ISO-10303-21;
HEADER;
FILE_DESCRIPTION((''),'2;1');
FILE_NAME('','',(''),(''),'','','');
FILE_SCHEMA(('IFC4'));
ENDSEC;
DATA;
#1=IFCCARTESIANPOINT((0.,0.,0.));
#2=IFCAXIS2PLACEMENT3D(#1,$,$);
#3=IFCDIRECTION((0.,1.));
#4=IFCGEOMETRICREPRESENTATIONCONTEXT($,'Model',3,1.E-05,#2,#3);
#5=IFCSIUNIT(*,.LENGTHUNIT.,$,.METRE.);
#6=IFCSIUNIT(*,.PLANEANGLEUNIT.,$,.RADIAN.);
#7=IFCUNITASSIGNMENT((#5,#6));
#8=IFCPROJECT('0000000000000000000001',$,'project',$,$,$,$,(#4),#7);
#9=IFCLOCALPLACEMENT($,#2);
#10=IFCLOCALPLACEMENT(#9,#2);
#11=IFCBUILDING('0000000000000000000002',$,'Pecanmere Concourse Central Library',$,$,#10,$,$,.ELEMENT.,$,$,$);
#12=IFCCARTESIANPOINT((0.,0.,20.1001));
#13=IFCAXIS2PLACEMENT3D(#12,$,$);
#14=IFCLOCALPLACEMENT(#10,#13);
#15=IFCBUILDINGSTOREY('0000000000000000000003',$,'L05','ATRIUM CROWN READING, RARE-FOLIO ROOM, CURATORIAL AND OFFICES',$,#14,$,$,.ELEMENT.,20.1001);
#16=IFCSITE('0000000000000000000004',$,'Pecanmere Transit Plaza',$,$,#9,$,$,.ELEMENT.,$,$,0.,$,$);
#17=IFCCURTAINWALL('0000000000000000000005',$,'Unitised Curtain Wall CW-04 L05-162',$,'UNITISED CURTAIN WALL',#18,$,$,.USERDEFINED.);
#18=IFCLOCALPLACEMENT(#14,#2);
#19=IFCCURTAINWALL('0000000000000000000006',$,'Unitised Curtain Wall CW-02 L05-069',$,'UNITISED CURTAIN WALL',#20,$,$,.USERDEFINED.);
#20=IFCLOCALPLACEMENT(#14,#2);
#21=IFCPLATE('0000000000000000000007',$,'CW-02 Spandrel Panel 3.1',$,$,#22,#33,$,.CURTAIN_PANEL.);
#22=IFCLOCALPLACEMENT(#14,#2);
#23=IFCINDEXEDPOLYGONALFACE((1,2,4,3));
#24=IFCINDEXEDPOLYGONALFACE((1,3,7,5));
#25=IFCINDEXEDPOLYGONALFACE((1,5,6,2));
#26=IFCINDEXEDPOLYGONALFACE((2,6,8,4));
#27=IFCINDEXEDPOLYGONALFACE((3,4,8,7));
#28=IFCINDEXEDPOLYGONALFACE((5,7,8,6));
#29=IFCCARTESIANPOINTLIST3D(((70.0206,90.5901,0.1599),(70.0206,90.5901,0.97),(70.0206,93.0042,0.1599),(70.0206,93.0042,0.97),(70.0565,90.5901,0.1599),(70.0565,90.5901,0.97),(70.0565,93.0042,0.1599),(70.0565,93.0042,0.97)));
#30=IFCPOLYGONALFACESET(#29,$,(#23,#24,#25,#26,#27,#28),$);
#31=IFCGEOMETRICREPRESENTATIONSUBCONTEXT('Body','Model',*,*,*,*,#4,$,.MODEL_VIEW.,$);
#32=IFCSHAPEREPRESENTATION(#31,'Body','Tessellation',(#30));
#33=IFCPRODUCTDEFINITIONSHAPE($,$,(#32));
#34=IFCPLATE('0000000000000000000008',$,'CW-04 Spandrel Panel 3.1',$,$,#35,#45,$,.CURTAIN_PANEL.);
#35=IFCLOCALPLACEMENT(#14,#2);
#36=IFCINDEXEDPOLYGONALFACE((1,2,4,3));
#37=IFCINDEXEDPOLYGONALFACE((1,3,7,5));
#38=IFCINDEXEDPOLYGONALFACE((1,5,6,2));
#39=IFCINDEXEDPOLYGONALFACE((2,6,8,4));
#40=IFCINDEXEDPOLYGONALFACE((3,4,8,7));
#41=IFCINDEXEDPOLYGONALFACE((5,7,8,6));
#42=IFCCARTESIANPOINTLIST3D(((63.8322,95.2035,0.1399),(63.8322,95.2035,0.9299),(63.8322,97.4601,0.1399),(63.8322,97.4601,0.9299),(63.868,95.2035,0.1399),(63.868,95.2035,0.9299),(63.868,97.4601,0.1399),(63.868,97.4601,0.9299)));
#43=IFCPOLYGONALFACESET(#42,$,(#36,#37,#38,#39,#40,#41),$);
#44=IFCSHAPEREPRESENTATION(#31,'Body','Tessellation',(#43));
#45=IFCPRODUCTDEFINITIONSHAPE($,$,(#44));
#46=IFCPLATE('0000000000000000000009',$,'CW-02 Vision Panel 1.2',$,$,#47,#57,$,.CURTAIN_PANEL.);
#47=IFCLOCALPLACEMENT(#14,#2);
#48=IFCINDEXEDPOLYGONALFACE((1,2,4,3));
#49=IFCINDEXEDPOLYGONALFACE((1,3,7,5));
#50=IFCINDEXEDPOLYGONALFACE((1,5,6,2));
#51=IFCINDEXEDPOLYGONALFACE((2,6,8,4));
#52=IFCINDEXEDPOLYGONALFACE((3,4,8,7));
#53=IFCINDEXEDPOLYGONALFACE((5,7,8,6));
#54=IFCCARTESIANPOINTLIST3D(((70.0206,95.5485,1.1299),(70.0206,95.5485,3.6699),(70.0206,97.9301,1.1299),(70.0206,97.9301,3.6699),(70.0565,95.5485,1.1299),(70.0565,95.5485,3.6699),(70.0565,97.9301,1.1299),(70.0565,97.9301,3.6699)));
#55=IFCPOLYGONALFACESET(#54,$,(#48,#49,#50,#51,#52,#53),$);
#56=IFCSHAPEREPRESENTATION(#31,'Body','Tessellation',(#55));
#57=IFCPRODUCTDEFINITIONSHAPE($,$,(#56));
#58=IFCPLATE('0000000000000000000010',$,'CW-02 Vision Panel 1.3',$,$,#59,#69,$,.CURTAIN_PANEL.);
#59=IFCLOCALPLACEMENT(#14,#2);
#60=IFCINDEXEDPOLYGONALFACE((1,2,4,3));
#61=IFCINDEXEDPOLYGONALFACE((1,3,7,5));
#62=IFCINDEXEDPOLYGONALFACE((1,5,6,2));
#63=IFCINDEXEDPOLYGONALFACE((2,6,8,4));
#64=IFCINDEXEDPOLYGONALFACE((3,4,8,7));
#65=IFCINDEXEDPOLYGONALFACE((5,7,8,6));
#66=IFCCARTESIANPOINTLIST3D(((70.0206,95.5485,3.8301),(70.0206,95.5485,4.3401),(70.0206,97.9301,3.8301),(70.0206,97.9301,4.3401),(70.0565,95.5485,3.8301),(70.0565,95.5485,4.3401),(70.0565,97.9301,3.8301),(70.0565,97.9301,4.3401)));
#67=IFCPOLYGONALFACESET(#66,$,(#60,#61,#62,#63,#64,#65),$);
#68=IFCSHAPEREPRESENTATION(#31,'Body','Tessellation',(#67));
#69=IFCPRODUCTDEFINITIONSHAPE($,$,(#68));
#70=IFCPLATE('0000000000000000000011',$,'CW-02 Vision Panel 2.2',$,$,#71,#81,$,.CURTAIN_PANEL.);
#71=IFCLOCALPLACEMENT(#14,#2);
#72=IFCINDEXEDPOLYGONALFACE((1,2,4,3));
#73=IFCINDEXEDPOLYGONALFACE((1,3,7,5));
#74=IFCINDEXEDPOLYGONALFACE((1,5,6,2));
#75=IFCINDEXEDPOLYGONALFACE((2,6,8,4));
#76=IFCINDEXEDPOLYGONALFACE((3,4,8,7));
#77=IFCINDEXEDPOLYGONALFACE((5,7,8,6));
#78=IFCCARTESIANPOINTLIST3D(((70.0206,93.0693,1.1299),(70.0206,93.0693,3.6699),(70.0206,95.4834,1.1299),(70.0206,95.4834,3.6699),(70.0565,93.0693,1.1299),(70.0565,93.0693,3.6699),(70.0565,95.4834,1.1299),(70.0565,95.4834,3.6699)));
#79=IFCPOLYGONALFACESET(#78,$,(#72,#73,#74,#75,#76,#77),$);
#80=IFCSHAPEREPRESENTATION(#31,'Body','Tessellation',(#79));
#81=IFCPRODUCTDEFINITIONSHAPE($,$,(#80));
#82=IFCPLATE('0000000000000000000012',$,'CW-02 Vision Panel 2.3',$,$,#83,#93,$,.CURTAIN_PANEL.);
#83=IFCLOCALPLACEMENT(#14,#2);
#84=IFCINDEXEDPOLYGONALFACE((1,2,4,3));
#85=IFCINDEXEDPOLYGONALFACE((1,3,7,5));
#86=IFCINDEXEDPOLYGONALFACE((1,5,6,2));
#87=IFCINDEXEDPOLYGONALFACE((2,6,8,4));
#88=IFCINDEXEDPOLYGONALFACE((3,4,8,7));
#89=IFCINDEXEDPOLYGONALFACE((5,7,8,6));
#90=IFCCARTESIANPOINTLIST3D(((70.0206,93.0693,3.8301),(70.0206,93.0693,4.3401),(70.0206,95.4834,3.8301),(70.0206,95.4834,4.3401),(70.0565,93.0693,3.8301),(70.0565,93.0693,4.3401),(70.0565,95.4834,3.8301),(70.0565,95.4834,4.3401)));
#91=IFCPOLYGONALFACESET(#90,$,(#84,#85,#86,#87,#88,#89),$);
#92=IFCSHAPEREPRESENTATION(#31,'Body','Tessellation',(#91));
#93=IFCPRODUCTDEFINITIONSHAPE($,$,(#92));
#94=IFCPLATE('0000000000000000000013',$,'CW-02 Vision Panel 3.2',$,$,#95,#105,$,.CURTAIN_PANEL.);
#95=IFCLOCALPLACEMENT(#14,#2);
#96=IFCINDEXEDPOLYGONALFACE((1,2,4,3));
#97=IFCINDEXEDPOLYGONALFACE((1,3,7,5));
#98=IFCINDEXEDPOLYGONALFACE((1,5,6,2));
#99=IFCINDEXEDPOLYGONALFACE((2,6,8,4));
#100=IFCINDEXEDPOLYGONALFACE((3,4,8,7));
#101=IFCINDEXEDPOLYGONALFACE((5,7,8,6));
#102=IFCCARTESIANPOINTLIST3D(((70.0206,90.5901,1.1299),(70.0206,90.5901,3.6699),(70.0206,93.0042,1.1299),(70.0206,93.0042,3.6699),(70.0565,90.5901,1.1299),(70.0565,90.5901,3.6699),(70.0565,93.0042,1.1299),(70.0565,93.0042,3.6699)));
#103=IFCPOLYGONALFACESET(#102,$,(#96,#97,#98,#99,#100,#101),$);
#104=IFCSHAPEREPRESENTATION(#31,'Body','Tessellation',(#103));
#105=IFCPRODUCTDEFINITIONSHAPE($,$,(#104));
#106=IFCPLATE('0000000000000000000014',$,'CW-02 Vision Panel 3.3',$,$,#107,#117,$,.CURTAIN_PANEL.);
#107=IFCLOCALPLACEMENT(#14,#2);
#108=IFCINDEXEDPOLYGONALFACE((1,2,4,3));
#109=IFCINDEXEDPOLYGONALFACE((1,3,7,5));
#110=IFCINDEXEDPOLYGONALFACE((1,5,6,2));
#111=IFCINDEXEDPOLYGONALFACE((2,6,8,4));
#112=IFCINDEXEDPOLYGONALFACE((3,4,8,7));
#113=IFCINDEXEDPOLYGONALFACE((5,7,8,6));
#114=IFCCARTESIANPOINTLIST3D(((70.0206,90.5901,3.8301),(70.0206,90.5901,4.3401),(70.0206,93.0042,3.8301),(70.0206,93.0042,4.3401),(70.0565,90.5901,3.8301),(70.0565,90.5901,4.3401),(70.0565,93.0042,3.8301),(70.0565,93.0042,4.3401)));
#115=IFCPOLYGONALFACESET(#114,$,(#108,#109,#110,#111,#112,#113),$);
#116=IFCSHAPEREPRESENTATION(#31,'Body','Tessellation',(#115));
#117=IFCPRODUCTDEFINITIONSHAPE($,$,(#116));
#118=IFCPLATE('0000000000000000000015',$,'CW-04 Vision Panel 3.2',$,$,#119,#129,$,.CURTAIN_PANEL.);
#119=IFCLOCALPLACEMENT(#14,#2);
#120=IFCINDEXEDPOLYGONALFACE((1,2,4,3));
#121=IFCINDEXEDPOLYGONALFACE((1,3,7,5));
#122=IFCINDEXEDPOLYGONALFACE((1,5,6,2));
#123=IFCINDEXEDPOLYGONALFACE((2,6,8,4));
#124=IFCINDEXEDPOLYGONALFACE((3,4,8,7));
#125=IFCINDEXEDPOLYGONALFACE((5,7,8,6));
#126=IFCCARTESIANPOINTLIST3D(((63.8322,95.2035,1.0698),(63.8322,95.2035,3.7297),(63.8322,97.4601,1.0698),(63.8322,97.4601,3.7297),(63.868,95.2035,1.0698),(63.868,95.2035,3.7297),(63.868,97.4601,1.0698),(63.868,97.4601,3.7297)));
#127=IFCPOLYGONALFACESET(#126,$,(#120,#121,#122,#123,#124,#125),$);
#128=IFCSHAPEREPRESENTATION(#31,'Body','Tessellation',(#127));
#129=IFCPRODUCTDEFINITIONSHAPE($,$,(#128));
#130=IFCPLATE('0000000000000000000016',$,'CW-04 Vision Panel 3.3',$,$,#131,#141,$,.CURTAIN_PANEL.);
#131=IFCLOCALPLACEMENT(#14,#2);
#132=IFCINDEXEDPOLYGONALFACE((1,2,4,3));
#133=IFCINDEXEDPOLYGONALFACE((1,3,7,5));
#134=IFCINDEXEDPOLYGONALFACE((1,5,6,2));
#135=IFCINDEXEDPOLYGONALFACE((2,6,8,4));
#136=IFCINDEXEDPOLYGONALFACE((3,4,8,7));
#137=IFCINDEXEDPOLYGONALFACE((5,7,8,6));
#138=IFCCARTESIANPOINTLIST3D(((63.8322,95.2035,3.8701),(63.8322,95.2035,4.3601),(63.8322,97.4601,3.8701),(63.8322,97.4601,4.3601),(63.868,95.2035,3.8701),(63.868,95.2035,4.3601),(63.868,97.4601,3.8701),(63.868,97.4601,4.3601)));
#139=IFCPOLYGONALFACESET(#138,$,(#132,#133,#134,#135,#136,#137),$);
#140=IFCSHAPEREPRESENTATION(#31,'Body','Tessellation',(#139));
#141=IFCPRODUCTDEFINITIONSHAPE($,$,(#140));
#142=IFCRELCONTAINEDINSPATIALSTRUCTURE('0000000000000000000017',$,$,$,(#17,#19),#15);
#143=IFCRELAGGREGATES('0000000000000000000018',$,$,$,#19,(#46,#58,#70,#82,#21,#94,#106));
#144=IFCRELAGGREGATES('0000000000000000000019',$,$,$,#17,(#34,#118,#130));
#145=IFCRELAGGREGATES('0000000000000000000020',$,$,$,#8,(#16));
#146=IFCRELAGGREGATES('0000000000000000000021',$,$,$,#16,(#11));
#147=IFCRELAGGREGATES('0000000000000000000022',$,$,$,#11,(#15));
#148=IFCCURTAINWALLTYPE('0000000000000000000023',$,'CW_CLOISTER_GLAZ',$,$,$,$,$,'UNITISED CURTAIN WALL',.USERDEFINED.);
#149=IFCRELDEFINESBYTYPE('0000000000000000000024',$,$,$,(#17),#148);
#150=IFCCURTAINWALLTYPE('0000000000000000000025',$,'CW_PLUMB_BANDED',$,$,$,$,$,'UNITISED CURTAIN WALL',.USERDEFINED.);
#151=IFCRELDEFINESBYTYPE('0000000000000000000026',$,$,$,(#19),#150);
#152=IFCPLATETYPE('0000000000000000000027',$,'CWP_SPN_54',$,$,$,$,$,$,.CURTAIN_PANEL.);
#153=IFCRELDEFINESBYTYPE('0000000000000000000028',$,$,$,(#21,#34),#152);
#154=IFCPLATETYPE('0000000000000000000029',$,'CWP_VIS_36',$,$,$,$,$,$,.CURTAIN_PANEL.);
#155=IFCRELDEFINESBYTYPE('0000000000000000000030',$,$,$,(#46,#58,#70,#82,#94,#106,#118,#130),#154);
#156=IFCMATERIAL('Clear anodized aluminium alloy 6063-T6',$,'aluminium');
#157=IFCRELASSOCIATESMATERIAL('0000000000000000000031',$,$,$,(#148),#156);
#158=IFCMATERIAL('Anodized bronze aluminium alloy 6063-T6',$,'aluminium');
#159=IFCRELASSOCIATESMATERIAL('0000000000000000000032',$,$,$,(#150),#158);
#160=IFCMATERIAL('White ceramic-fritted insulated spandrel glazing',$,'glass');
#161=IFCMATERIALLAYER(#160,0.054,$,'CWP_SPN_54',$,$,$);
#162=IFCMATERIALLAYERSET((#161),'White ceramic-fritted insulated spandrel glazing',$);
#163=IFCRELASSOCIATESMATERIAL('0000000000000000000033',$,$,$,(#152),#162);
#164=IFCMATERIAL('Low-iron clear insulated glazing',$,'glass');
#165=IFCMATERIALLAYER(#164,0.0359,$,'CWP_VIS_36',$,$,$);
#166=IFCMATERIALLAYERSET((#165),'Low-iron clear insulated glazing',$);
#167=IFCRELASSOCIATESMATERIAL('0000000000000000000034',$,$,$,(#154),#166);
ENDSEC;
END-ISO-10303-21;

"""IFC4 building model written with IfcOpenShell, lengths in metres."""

from ifc_helpers import new_model, si_unit, direction, frame, origin, origin_2d, place, context, subcontext, project, spatial, rectangle, extrude, material, layer, layer_set, type_object, element, aggregate, save


model = new_model("IFC4")

# Units and contexts
model_context = context("Model", 3, precision=1e-05, world=origin(), true_north=direction((0.0, 1.0)))
body_context = subcontext(model_context, "Body", "Model", "MODEL_VIEW")
ifc_project = project(units=[si_unit("LENGTHUNIT", "METRE"), si_unit("PLANEANGLEUNIT", "RADIAN")], contexts=[model_context])

# Site, building, storey
site_placement = place(None, origin())
site = spatial("IfcSite", under=ifc_project, at=site_placement, Name="Pecanmere Transit Plaza", CompositionType="ELEMENT", RefElevation=0.0)
building_placement = place(site_placement, origin())
building = spatial("IfcBuilding", under=site, at=building_placement, Name="Pecanmere Concourse Central Library", CompositionType="ELEMENT")
storey_placement = place(building_placement, frame((0.0, 0.0, 20.1001)))
storey = spatial("IfcBuildingStorey", under=building, at=storey_placement, Name="L05", Description="ATRIUM CROWN READING, RARE-FOLIO ROOM, CURATORIAL AND OFFICES", CompositionType="ELEMENT", Elevation=20.1001)

# Curtain wall
ifc_material_1 = material(Name="Clear anodized aluminium alloy 6063-T6", Category="aluminium")
curtain_wall_type_1 = type_object("IfcCurtainWallType", Name="CW_CLOISTER_GLAZ", ElementType="UNITISED CURTAIN WALL", PredefinedType="USERDEFINED", material=ifc_material_1)
curtain_wall_1_placement = place(storey_placement, origin())
curtain_wall_1 = element("IfcCurtainWall", 1, at=curtain_wall_1_placement, inside=storey, type_object=curtain_wall_type_1, Name="Unitised Curtain Wall CW-04 L05-162", ObjectType="UNITISED CURTAIN WALL", PredefinedType="USERDEFINED")
ifc_material_2 = material(Name="Anodized bronze aluminium alloy 6063-T6", Category="aluminium")
curtain_wall_type_2 = type_object("IfcCurtainWallType", Name="CW_PLUMB_BANDED", ElementType="UNITISED CURTAIN WALL", PredefinedType="USERDEFINED", material=ifc_material_2)

# Curtain wall
curtain_wall_2_placement = place(storey_placement, origin())
curtain_wall_2 = element("IfcCurtainWall", 2, at=curtain_wall_2_placement, inside=storey, type_object=curtain_wall_type_2, Name="Unitised Curtain Wall CW-02 L05-069", ObjectType="UNITISED CURTAIN WALL", PredefinedType="USERDEFINED")

# Plates
ifc_material_3 = material(Name="White ceramic-fritted insulated spandrel glazing", Category="glass")
ifc_layer_1 = layer(ifc_material_3, 0.054, Name="CWP_SPN_54")
ifc_layer_set_1 = layer_set([ifc_layer_1], Name="White ceramic-fritted insulated spandrel glazing")
plate_type_1 = type_object("IfcPlateType", Name="CWP_SPN_54", PredefinedType="CURTAIN_PANEL", material=ifc_layer_set_1)
plate_1_placement = place(storey_placement, frame((70.0386, 91.7971, 0.1599), z_axis=(0.0, 0.0, 1.0), x_axis=(0.0, -1.0, 0.0)))
plate_1 = element("IfcPlate", 3, at=plate_1_placement, type_object=plate_type_1, Name="CW-02 Spandrel Panel 3.1", PredefinedType="CURTAIN_PANEL", context=body_context, shape_type="SweptSolid", body=[
    extrude(rectangle(XDim=2.4141, YDim=0.0359, at=origin_2d()), origin(), (0.0, 0.0, 1.0), 0.8101),
])
plate_2_placement = place(storey_placement, frame((63.8501, 96.3318, 0.1399), z_axis=(0.0, 0.0, 1.0), x_axis=(0.0, 1.0, 0.0)))
plate_2 = element("IfcPlate", 4, at=plate_2_placement, type_object=plate_type_1, Name="CW-04 Spandrel Panel 3.1", PredefinedType="CURTAIN_PANEL", context=body_context, shape_type="SweptSolid", body=[
    extrude(rectangle(XDim=2.2566, YDim=0.0359, at=origin_2d()), origin(), (0.0, 0.0, 1.0), 0.79),
])
ifc_material_4 = material(Name="Low-iron clear insulated glazing", Category="glass")
ifc_layer_2 = layer(ifc_material_4, 0.0359, Name="CWP_VIS_36")
ifc_layer_set_2 = layer_set([ifc_layer_2], Name="Low-iron clear insulated glazing")
plate_type_2 = type_object("IfcPlateType", Name="CWP_VIS_36", PredefinedType="CURTAIN_PANEL", material=ifc_layer_set_2)
plate_3_placement = place(storey_placement, frame((70.0386, 96.7393, 1.1299), z_axis=(0.0, 0.0, 1.0), x_axis=(0.0, -1.0, 0.0)))
plate_3 = element("IfcPlate", 5, at=plate_3_placement, type_object=plate_type_2, Name="CW-02 Vision Panel 1.2", PredefinedType="CURTAIN_PANEL", context=body_context, shape_type="SweptSolid", body=[
    extrude(rectangle(XDim=2.3816, YDim=0.0359, at=origin_2d()), origin(), (0.0, 0.0, 1.0), 2.54),
])
plate_4_placement = place(storey_placement, frame((70.0386, 96.7393, 3.8301), z_axis=(0.0, 0.0, 1.0), x_axis=(0.0, -1.0, 0.0)))
plate_4 = element("IfcPlate", 6, at=plate_4_placement, type_object=plate_type_2, Name="CW-02 Vision Panel 1.3", PredefinedType="CURTAIN_PANEL", context=body_context, shape_type="SweptSolid", body=[
    extrude(rectangle(XDim=2.3816, YDim=0.0359, at=origin_2d()), origin(), (0.0, 0.0, 1.0), 0.51),
])
plate_5_placement = place(storey_placement, frame((70.0386, 94.2764, 1.1299), z_axis=(0.0, 0.0, 1.0), x_axis=(0.0, -1.0, 0.0)))
plate_5 = element("IfcPlate", 7, at=plate_5_placement, type_object=plate_type_2, Name="CW-02 Vision Panel 2.2", PredefinedType="CURTAIN_PANEL", context=body_context, shape_type="SweptSolid", body=[
    extrude(rectangle(XDim=2.4141, YDim=0.0359, at=origin_2d()), origin(), (0.0, 0.0, 1.0), 2.54),
])
plate_6_placement = place(storey_placement, frame((70.0386, 94.2764, 3.8301), z_axis=(0.0, 0.0, 1.0), x_axis=(0.0, -1.0, 0.0)))
plate_6 = element("IfcPlate", 8, at=plate_6_placement, type_object=plate_type_2, Name="CW-02 Vision Panel 2.3", PredefinedType="CURTAIN_PANEL", context=body_context, shape_type="SweptSolid", body=[
    extrude(rectangle(XDim=2.4141, YDim=0.0359, at=origin_2d()), origin(), (0.0, 0.0, 1.0), 0.51),
])
plate_7_placement = place(storey_placement, frame((70.0386, 91.7971, 1.1299), z_axis=(0.0, 0.0, 1.0), x_axis=(0.0, -1.0, 0.0)))
plate_7 = element("IfcPlate", 9, at=plate_7_placement, type_object=plate_type_2, Name="CW-02 Vision Panel 3.2", PredefinedType="CURTAIN_PANEL", context=body_context, shape_type="SweptSolid", body=[
    extrude(rectangle(XDim=2.4141, YDim=0.0359, at=origin_2d()), origin(), (0.0, 0.0, 1.0), 2.54),
])
plate_8_placement = place(storey_placement, frame((70.0386, 91.7971, 3.8301), z_axis=(0.0, 0.0, 1.0), x_axis=(0.0, -1.0, 0.0)))
plate_8 = element("IfcPlate", 10, at=plate_8_placement, type_object=plate_type_2, Name="CW-02 Vision Panel 3.3", PredefinedType="CURTAIN_PANEL", context=body_context, shape_type="SweptSolid", body=[
    extrude(rectangle(XDim=2.4141, YDim=0.0359, at=origin_2d()), origin(), (0.0, 0.0, 1.0), 0.51),
])
aggregate(curtain_wall_2, [plate_3, plate_4, plate_5, plate_6, plate_1, plate_7, plate_8])
plate_9_placement = place(storey_placement, frame((63.8501, 96.3318, 1.0698), z_axis=(0.0, 0.0, 1.0), x_axis=(0.0, 1.0, 0.0)))
plate_9 = element("IfcPlate", 11, at=plate_9_placement, type_object=plate_type_2, Name="CW-04 Vision Panel 3.2", PredefinedType="CURTAIN_PANEL", context=body_context, shape_type="SweptSolid", body=[
    extrude(rectangle(XDim=2.2566, YDim=0.0359, at=origin_2d()), origin(), (0.0, 0.0, 1.0), 2.6599),
])
plate_10_placement = place(storey_placement, frame((63.8501, 96.3318, 3.8701), z_axis=(0.0, 0.0, 1.0), x_axis=(0.0, 1.0, 0.0)))
plate_10 = element("IfcPlate", 12, at=plate_10_placement, type_object=plate_type_2, Name="CW-04 Vision Panel 3.3", PredefinedType="CURTAIN_PANEL", context=body_context, shape_type="SweptSolid", body=[
    extrude(rectangle(XDim=2.2566, YDim=0.0359, at=origin_2d()), origin(), (0.0, 0.0, 1.0), 0.49),
])
aggregate(curtain_wall_1, [plate_2, plate_9, plate_10])

save(model, "model.ifc")
